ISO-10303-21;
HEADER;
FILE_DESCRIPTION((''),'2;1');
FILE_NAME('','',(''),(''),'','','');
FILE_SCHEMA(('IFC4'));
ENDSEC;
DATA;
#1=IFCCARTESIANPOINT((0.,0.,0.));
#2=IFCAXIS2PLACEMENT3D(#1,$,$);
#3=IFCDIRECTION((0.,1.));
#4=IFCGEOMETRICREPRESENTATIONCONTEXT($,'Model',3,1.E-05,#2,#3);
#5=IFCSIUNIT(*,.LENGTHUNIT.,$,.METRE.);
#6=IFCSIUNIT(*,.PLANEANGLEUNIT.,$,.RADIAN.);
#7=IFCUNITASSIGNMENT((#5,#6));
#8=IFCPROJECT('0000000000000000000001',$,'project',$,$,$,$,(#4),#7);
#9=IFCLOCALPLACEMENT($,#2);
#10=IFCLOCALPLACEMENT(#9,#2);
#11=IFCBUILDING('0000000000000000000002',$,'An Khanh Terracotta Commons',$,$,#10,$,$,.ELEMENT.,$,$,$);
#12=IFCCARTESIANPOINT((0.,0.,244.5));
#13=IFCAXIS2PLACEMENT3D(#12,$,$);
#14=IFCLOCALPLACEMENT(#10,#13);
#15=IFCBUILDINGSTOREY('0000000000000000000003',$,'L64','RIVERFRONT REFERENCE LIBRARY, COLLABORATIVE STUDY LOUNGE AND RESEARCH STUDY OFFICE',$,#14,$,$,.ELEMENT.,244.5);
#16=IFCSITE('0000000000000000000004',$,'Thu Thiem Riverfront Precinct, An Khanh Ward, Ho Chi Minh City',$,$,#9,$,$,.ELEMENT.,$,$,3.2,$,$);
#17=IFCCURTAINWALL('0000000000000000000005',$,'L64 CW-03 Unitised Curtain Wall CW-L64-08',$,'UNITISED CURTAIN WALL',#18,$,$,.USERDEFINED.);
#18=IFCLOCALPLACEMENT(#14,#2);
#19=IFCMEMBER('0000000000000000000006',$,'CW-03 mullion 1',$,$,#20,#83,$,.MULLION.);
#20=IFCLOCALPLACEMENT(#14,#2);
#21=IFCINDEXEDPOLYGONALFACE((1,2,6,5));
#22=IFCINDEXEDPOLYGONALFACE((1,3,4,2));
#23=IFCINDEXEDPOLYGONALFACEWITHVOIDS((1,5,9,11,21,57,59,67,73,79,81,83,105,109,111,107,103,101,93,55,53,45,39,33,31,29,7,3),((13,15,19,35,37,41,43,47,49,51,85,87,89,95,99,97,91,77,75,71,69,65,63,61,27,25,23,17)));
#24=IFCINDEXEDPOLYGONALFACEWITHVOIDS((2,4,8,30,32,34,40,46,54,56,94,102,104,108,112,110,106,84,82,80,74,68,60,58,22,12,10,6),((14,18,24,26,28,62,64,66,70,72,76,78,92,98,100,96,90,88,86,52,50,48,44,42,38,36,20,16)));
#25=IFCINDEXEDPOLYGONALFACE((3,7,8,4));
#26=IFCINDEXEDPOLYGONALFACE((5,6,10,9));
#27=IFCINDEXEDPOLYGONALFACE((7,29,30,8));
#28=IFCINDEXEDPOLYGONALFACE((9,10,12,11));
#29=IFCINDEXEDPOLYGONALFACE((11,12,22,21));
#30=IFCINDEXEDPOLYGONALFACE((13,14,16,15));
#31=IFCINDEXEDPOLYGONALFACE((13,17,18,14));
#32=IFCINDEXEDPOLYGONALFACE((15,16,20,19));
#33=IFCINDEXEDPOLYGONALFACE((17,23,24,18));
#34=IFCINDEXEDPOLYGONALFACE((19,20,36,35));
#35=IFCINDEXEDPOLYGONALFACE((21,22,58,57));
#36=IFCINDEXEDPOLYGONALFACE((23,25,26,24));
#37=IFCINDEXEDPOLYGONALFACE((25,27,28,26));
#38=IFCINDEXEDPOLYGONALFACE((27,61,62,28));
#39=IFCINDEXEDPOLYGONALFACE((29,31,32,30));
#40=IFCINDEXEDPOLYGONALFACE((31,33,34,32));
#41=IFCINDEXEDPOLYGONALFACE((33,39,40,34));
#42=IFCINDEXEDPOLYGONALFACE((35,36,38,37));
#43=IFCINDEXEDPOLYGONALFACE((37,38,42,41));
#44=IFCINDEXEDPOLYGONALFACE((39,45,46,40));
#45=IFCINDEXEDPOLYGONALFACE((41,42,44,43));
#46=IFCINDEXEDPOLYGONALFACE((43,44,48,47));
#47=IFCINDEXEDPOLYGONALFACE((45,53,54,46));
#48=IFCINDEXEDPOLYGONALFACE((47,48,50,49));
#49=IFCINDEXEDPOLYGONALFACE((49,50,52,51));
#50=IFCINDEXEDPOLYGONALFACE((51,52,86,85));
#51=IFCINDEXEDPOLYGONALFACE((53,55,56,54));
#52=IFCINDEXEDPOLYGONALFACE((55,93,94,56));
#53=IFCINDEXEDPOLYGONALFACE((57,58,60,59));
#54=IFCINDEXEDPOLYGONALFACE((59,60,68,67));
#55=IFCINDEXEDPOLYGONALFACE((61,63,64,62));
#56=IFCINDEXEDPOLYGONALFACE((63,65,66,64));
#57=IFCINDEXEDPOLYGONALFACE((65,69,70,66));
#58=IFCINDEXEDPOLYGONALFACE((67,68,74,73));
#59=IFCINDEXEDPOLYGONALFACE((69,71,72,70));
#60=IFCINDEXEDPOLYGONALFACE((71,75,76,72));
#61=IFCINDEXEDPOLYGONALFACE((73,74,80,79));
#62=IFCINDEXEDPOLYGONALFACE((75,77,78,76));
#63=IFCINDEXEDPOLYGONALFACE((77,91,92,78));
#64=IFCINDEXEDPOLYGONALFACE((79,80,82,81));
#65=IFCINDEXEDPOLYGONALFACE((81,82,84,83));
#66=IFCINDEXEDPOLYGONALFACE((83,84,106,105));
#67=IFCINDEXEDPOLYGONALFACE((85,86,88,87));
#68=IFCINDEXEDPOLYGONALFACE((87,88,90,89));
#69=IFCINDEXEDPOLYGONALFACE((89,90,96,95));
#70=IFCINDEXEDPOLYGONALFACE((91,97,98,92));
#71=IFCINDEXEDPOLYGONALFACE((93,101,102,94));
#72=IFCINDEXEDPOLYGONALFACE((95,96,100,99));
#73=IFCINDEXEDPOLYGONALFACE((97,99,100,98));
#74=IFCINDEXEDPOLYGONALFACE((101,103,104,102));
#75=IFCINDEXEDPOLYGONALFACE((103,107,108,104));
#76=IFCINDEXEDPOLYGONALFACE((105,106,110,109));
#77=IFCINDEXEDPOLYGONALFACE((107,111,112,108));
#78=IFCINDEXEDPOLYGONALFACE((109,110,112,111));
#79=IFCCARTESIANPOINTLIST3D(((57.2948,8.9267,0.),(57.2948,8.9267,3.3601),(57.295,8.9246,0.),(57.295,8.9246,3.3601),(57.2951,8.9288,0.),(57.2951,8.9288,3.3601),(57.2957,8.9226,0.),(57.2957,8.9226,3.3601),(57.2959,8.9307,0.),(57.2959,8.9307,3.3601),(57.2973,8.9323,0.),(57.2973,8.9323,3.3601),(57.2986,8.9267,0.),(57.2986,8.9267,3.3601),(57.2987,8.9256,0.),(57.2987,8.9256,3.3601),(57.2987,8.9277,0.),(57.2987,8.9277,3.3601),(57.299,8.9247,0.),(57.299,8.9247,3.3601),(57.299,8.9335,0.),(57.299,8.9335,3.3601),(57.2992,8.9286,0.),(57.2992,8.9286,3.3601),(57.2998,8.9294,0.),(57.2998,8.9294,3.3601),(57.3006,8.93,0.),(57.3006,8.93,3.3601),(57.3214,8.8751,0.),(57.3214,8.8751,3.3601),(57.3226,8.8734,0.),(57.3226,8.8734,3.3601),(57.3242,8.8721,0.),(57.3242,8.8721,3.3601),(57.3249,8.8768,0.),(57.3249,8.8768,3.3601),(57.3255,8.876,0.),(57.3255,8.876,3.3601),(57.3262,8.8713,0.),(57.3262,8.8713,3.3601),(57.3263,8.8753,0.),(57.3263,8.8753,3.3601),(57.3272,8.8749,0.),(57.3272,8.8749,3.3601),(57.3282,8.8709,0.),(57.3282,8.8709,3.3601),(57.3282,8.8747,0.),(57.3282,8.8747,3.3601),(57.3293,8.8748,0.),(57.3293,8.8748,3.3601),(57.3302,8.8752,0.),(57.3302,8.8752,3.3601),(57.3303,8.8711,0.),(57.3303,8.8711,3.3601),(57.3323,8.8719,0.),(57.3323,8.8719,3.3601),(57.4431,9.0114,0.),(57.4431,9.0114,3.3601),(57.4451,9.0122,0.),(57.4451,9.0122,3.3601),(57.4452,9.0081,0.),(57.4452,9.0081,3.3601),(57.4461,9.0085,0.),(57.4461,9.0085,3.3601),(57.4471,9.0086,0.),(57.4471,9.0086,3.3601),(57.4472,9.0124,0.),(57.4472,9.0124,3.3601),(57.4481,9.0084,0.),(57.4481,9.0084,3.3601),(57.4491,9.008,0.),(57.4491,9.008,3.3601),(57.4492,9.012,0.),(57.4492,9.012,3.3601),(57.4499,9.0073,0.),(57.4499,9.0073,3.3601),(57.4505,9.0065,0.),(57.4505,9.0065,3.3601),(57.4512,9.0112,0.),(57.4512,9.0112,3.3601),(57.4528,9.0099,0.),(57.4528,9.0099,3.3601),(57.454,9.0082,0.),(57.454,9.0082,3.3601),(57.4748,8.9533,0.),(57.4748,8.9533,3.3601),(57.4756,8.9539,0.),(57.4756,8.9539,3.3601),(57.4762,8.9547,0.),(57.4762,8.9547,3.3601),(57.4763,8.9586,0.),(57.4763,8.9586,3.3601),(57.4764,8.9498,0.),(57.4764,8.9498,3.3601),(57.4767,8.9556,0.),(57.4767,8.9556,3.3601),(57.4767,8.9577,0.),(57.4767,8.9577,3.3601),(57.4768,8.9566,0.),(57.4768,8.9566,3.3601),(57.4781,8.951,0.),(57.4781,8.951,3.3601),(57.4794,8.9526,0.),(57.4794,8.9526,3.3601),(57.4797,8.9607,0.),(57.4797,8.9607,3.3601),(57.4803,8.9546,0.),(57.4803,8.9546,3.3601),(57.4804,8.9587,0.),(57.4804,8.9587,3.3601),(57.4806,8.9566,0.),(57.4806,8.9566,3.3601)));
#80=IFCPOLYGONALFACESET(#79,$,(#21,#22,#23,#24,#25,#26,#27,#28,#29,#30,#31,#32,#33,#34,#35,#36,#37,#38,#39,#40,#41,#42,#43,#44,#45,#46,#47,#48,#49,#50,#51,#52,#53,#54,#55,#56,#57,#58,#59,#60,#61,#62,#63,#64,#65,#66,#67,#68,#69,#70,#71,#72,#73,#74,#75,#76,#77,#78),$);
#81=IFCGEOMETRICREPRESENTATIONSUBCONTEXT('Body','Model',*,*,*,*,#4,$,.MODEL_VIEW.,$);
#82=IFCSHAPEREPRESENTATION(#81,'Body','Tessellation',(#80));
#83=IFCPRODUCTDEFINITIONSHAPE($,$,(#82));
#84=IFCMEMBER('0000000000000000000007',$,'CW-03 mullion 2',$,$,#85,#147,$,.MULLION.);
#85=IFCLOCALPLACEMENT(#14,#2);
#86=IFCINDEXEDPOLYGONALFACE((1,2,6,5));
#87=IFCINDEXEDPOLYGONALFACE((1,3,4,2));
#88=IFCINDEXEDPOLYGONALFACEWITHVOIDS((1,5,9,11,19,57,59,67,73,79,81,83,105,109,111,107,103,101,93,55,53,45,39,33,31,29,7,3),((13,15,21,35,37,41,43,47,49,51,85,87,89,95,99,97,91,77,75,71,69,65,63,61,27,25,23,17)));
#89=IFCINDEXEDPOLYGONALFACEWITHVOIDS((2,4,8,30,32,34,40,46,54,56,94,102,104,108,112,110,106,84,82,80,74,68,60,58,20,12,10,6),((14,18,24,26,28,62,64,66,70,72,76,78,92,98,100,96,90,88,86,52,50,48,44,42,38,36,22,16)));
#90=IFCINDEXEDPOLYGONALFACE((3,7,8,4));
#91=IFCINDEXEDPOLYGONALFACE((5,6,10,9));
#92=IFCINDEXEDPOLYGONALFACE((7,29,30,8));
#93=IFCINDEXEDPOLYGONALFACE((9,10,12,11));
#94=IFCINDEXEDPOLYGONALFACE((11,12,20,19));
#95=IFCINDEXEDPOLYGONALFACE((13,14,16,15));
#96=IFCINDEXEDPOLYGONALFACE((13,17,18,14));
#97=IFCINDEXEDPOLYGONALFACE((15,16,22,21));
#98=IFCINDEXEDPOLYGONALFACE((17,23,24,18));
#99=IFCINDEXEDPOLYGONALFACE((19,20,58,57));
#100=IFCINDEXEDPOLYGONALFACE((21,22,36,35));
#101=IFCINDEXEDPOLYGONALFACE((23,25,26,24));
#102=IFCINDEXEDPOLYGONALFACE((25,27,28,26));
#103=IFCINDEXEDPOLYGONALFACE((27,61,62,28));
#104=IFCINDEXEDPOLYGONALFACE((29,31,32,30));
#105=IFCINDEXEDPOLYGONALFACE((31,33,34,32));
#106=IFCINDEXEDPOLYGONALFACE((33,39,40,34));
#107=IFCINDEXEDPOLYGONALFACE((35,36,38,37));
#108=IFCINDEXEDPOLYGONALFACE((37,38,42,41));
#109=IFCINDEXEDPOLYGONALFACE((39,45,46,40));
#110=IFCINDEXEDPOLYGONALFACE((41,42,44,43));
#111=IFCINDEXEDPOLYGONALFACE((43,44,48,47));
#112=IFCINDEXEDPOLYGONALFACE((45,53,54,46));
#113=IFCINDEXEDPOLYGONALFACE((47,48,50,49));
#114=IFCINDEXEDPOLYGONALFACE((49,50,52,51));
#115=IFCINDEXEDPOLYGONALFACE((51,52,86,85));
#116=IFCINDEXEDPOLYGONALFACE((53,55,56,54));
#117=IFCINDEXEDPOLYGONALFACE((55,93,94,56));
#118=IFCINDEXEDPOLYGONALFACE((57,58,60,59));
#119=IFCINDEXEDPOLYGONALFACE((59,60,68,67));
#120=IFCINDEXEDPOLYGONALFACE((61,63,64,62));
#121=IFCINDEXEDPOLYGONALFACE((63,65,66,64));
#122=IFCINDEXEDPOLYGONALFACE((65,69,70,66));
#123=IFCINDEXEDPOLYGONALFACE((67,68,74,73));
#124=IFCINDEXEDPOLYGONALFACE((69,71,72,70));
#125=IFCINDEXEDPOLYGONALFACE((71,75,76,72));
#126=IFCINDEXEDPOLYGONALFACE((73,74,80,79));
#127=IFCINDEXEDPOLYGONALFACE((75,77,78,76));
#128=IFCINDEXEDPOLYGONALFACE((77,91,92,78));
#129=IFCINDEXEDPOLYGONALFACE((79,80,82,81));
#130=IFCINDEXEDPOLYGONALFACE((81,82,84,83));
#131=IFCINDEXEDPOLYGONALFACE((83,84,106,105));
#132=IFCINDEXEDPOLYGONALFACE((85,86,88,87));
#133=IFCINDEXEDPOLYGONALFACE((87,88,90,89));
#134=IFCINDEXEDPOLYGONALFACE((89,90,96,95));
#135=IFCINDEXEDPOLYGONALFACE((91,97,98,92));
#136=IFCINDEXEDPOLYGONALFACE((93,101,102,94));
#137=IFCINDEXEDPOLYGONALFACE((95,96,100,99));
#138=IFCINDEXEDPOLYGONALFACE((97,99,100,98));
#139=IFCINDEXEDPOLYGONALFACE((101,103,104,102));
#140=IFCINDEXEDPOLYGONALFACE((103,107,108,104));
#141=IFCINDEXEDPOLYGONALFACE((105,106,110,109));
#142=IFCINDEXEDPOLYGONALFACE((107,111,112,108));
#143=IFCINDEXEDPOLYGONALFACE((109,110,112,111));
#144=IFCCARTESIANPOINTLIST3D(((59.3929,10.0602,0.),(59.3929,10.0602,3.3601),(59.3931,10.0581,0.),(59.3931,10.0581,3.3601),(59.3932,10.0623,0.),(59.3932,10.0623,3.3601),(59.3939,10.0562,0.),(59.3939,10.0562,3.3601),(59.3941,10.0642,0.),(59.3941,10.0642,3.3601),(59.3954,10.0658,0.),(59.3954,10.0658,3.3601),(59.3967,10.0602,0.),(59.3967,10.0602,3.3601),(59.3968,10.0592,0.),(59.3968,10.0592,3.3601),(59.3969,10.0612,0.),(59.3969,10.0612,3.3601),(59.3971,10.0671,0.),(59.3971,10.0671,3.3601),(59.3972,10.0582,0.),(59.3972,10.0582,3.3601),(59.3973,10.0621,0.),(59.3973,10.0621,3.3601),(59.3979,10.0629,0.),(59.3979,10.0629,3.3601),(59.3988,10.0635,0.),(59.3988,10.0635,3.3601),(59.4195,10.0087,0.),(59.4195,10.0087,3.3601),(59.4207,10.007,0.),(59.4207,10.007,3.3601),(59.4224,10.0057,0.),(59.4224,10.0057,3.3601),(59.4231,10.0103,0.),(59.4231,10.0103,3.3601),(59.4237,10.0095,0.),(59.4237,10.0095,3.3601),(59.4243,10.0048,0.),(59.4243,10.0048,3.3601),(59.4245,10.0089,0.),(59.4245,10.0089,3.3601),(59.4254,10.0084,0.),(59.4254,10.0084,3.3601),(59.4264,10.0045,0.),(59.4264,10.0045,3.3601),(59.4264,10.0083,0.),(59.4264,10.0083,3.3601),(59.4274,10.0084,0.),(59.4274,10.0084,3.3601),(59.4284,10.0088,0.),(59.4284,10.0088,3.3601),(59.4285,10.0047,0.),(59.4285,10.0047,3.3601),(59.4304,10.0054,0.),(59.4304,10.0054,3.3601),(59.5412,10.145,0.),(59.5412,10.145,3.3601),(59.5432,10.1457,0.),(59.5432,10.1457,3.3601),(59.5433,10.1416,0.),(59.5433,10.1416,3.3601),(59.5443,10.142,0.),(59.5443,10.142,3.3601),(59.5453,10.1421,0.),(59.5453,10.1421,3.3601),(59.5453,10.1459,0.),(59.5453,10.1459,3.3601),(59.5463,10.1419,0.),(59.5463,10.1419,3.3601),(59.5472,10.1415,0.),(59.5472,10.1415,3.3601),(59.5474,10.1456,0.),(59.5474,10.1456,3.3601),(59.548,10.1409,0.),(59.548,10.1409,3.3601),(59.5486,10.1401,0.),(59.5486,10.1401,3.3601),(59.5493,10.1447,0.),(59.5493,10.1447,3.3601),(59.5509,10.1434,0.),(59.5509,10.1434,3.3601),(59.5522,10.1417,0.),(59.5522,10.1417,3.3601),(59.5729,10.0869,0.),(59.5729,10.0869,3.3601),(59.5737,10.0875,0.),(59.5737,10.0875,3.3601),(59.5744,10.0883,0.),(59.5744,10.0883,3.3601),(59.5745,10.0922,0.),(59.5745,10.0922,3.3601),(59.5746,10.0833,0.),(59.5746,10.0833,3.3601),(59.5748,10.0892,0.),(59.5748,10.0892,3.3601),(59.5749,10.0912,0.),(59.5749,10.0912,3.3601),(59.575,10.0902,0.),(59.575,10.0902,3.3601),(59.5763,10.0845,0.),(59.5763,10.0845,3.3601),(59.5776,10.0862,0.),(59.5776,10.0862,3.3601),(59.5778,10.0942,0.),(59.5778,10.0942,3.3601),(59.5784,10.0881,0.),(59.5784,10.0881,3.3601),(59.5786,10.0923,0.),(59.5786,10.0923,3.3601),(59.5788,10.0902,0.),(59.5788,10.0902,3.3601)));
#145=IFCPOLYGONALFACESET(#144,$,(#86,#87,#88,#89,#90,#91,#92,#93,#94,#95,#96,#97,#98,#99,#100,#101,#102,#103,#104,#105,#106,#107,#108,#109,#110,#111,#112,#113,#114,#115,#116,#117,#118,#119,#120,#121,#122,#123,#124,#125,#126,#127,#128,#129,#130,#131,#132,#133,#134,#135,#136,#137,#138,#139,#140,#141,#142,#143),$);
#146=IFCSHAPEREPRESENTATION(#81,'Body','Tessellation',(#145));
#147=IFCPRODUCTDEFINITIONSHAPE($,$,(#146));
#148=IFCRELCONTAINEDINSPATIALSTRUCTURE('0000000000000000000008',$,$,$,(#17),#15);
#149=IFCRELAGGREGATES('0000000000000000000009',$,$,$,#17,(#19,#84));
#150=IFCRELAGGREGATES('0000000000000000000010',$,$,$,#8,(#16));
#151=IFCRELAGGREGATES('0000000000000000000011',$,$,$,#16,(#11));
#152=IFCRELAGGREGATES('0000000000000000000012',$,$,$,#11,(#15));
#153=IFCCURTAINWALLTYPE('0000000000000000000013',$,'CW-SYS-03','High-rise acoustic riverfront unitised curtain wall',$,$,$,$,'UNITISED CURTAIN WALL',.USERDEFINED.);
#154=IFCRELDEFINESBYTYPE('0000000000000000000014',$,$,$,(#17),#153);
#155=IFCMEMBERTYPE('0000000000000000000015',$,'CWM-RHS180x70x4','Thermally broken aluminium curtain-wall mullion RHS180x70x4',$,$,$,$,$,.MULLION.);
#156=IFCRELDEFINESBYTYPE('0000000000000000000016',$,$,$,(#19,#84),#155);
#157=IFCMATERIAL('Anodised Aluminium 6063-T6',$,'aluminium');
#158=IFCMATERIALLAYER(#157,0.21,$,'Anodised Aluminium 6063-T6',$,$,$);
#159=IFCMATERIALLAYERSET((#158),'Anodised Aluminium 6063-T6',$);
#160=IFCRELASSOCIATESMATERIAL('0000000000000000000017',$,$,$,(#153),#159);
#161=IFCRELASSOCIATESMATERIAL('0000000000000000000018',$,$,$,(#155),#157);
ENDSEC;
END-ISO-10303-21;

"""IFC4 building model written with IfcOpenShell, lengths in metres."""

from ifc_helpers import new_model, si_unit, direction, frame, origin, origin_2d, place, context, subcontext, project, spatial, hollow_rectangle, extrude, material, layer, layer_set, material_profile, profile_set, type_object, element, aggregate, save


model = new_model("IFC4")

# Units and contexts
model_context = context("Model", 3, precision=1e-05, world=origin(), true_north=direction((0.0, 1.0)))
body_context = subcontext(model_context, "Body", "Model", "MODEL_VIEW")
ifc_project = project(units=[si_unit("LENGTHUNIT", "METRE"), si_unit("PLANEANGLEUNIT", "RADIAN")], contexts=[model_context])

# Site, building, storey
site_placement = place(None, origin())
site = spatial("IfcSite", under=ifc_project, at=site_placement, Name="Thu Thiem Riverfront Precinct, An Khanh Ward, Ho Chi Minh City", CompositionType="ELEMENT", RefElevation=3.2)
building_placement = place(site_placement, origin())
building = spatial("IfcBuilding", under=site, at=building_placement, Name="An Khanh Terracotta Commons", CompositionType="ELEMENT")
storey_placement = place(building_placement, frame((0.0, 0.0, 244.5)))
storey = spatial("IfcBuildingStorey", under=building, at=storey_placement, Name="L64", Description="RIVERFRONT REFERENCE LIBRARY, COLLABORATIVE STUDY LOUNGE AND RESEARCH STUDY OFFICE", CompositionType="ELEMENT", Elevation=244.5)

# Curtain wall, members
ifc_material_1 = material(Name="Anodised Aluminium 6063-T6", Category="aluminium")
ifc_layer_1 = layer(ifc_material_1, 0.21, Name="Anodised Aluminium 6063-T6")
ifc_layer_set_1 = layer_set([ifc_layer_1], Name="Anodised Aluminium 6063-T6")
curtain_wall_type = type_object("IfcCurtainWallType", Name="CW-SYS-03", Description="High-rise acoustic riverfront unitised curtain wall", ElementType="UNITISED CURTAIN WALL", PredefinedType="USERDEFINED", material=ifc_layer_set_1)
curtain_wall_placement = place(storey_placement, origin())
curtain_wall = element("IfcCurtainWall", 1, at=curtain_wall_placement, inside=storey, type_object=curtain_wall_type, Name="L64 CW-03 Unitised Curtain Wall CW-L64-08", ObjectType="UNITISED CURTAIN WALL", PredefinedType="USERDEFINED")
ifc_material_profile_1 = material_profile(ifc_material_1, hollow_rectangle(XDim=0.0701, YDim=0.1799, WallThickness=0.0039, InnerFilletRadius=0.0039, OuterFilletRadius=0.0081, at=origin_2d()), Name="RHS180x70x4")
ifc_profile_set_1 = profile_set([ifc_material_profile_1], Name="Anodised Aluminium 6063-T6")
member_type_1 = type_object("IfcMemberType", Name="CWM-RHS180x70x4", Description="Thermally broken aluminium curtain-wall mullion RHS180x70x4", PredefinedType="MULLION", material=ifc_profile_set_1)
member_1_placement = place(storey_placement, frame((57.3877, 8.9417, 0.0), z_axis=(0.0, 0.0, 1.0), x_axis=(-0.475381, 0.87978, 0.0)))
member_1 = element("IfcMember", 2, at=member_1_placement, type_object=member_type_1, Name="CW-03 mullion 1", PredefinedType="MULLION", context=body_context, shape_type="SweptSolid", body=[
    extrude(hollow_rectangle(XDim=0.0701, YDim=0.1799, WallThickness=0.0039, InnerFilletRadius=0.0039, OuterFilletRadius=0.0081, at=origin_2d()), origin(), (0.0, 0.0, 1.0), 3.3601),
])
member_2_placement = place(storey_placement, frame((59.4858, 10.0752, 0.0), z_axis=(0.0, 0.0, 1.0), x_axis=(-0.475381, 0.87978, 0.0)))
member_2 = element("IfcMember", 3, at=member_2_placement, type_object=member_type_1, Name="CW-03 mullion 2", PredefinedType="MULLION", context=body_context, shape_type="SweptSolid", body=[
    extrude(hollow_rectangle(XDim=0.0701, YDim=0.1799, WallThickness=0.0039, InnerFilletRadius=0.0039, OuterFilletRadius=0.0081, at=origin_2d()), origin(), (0.0, 0.0, 1.0), 3.3601),
])
aggregate(curtain_wall, [member_1, member_2])

save(model, "model.ifc")
